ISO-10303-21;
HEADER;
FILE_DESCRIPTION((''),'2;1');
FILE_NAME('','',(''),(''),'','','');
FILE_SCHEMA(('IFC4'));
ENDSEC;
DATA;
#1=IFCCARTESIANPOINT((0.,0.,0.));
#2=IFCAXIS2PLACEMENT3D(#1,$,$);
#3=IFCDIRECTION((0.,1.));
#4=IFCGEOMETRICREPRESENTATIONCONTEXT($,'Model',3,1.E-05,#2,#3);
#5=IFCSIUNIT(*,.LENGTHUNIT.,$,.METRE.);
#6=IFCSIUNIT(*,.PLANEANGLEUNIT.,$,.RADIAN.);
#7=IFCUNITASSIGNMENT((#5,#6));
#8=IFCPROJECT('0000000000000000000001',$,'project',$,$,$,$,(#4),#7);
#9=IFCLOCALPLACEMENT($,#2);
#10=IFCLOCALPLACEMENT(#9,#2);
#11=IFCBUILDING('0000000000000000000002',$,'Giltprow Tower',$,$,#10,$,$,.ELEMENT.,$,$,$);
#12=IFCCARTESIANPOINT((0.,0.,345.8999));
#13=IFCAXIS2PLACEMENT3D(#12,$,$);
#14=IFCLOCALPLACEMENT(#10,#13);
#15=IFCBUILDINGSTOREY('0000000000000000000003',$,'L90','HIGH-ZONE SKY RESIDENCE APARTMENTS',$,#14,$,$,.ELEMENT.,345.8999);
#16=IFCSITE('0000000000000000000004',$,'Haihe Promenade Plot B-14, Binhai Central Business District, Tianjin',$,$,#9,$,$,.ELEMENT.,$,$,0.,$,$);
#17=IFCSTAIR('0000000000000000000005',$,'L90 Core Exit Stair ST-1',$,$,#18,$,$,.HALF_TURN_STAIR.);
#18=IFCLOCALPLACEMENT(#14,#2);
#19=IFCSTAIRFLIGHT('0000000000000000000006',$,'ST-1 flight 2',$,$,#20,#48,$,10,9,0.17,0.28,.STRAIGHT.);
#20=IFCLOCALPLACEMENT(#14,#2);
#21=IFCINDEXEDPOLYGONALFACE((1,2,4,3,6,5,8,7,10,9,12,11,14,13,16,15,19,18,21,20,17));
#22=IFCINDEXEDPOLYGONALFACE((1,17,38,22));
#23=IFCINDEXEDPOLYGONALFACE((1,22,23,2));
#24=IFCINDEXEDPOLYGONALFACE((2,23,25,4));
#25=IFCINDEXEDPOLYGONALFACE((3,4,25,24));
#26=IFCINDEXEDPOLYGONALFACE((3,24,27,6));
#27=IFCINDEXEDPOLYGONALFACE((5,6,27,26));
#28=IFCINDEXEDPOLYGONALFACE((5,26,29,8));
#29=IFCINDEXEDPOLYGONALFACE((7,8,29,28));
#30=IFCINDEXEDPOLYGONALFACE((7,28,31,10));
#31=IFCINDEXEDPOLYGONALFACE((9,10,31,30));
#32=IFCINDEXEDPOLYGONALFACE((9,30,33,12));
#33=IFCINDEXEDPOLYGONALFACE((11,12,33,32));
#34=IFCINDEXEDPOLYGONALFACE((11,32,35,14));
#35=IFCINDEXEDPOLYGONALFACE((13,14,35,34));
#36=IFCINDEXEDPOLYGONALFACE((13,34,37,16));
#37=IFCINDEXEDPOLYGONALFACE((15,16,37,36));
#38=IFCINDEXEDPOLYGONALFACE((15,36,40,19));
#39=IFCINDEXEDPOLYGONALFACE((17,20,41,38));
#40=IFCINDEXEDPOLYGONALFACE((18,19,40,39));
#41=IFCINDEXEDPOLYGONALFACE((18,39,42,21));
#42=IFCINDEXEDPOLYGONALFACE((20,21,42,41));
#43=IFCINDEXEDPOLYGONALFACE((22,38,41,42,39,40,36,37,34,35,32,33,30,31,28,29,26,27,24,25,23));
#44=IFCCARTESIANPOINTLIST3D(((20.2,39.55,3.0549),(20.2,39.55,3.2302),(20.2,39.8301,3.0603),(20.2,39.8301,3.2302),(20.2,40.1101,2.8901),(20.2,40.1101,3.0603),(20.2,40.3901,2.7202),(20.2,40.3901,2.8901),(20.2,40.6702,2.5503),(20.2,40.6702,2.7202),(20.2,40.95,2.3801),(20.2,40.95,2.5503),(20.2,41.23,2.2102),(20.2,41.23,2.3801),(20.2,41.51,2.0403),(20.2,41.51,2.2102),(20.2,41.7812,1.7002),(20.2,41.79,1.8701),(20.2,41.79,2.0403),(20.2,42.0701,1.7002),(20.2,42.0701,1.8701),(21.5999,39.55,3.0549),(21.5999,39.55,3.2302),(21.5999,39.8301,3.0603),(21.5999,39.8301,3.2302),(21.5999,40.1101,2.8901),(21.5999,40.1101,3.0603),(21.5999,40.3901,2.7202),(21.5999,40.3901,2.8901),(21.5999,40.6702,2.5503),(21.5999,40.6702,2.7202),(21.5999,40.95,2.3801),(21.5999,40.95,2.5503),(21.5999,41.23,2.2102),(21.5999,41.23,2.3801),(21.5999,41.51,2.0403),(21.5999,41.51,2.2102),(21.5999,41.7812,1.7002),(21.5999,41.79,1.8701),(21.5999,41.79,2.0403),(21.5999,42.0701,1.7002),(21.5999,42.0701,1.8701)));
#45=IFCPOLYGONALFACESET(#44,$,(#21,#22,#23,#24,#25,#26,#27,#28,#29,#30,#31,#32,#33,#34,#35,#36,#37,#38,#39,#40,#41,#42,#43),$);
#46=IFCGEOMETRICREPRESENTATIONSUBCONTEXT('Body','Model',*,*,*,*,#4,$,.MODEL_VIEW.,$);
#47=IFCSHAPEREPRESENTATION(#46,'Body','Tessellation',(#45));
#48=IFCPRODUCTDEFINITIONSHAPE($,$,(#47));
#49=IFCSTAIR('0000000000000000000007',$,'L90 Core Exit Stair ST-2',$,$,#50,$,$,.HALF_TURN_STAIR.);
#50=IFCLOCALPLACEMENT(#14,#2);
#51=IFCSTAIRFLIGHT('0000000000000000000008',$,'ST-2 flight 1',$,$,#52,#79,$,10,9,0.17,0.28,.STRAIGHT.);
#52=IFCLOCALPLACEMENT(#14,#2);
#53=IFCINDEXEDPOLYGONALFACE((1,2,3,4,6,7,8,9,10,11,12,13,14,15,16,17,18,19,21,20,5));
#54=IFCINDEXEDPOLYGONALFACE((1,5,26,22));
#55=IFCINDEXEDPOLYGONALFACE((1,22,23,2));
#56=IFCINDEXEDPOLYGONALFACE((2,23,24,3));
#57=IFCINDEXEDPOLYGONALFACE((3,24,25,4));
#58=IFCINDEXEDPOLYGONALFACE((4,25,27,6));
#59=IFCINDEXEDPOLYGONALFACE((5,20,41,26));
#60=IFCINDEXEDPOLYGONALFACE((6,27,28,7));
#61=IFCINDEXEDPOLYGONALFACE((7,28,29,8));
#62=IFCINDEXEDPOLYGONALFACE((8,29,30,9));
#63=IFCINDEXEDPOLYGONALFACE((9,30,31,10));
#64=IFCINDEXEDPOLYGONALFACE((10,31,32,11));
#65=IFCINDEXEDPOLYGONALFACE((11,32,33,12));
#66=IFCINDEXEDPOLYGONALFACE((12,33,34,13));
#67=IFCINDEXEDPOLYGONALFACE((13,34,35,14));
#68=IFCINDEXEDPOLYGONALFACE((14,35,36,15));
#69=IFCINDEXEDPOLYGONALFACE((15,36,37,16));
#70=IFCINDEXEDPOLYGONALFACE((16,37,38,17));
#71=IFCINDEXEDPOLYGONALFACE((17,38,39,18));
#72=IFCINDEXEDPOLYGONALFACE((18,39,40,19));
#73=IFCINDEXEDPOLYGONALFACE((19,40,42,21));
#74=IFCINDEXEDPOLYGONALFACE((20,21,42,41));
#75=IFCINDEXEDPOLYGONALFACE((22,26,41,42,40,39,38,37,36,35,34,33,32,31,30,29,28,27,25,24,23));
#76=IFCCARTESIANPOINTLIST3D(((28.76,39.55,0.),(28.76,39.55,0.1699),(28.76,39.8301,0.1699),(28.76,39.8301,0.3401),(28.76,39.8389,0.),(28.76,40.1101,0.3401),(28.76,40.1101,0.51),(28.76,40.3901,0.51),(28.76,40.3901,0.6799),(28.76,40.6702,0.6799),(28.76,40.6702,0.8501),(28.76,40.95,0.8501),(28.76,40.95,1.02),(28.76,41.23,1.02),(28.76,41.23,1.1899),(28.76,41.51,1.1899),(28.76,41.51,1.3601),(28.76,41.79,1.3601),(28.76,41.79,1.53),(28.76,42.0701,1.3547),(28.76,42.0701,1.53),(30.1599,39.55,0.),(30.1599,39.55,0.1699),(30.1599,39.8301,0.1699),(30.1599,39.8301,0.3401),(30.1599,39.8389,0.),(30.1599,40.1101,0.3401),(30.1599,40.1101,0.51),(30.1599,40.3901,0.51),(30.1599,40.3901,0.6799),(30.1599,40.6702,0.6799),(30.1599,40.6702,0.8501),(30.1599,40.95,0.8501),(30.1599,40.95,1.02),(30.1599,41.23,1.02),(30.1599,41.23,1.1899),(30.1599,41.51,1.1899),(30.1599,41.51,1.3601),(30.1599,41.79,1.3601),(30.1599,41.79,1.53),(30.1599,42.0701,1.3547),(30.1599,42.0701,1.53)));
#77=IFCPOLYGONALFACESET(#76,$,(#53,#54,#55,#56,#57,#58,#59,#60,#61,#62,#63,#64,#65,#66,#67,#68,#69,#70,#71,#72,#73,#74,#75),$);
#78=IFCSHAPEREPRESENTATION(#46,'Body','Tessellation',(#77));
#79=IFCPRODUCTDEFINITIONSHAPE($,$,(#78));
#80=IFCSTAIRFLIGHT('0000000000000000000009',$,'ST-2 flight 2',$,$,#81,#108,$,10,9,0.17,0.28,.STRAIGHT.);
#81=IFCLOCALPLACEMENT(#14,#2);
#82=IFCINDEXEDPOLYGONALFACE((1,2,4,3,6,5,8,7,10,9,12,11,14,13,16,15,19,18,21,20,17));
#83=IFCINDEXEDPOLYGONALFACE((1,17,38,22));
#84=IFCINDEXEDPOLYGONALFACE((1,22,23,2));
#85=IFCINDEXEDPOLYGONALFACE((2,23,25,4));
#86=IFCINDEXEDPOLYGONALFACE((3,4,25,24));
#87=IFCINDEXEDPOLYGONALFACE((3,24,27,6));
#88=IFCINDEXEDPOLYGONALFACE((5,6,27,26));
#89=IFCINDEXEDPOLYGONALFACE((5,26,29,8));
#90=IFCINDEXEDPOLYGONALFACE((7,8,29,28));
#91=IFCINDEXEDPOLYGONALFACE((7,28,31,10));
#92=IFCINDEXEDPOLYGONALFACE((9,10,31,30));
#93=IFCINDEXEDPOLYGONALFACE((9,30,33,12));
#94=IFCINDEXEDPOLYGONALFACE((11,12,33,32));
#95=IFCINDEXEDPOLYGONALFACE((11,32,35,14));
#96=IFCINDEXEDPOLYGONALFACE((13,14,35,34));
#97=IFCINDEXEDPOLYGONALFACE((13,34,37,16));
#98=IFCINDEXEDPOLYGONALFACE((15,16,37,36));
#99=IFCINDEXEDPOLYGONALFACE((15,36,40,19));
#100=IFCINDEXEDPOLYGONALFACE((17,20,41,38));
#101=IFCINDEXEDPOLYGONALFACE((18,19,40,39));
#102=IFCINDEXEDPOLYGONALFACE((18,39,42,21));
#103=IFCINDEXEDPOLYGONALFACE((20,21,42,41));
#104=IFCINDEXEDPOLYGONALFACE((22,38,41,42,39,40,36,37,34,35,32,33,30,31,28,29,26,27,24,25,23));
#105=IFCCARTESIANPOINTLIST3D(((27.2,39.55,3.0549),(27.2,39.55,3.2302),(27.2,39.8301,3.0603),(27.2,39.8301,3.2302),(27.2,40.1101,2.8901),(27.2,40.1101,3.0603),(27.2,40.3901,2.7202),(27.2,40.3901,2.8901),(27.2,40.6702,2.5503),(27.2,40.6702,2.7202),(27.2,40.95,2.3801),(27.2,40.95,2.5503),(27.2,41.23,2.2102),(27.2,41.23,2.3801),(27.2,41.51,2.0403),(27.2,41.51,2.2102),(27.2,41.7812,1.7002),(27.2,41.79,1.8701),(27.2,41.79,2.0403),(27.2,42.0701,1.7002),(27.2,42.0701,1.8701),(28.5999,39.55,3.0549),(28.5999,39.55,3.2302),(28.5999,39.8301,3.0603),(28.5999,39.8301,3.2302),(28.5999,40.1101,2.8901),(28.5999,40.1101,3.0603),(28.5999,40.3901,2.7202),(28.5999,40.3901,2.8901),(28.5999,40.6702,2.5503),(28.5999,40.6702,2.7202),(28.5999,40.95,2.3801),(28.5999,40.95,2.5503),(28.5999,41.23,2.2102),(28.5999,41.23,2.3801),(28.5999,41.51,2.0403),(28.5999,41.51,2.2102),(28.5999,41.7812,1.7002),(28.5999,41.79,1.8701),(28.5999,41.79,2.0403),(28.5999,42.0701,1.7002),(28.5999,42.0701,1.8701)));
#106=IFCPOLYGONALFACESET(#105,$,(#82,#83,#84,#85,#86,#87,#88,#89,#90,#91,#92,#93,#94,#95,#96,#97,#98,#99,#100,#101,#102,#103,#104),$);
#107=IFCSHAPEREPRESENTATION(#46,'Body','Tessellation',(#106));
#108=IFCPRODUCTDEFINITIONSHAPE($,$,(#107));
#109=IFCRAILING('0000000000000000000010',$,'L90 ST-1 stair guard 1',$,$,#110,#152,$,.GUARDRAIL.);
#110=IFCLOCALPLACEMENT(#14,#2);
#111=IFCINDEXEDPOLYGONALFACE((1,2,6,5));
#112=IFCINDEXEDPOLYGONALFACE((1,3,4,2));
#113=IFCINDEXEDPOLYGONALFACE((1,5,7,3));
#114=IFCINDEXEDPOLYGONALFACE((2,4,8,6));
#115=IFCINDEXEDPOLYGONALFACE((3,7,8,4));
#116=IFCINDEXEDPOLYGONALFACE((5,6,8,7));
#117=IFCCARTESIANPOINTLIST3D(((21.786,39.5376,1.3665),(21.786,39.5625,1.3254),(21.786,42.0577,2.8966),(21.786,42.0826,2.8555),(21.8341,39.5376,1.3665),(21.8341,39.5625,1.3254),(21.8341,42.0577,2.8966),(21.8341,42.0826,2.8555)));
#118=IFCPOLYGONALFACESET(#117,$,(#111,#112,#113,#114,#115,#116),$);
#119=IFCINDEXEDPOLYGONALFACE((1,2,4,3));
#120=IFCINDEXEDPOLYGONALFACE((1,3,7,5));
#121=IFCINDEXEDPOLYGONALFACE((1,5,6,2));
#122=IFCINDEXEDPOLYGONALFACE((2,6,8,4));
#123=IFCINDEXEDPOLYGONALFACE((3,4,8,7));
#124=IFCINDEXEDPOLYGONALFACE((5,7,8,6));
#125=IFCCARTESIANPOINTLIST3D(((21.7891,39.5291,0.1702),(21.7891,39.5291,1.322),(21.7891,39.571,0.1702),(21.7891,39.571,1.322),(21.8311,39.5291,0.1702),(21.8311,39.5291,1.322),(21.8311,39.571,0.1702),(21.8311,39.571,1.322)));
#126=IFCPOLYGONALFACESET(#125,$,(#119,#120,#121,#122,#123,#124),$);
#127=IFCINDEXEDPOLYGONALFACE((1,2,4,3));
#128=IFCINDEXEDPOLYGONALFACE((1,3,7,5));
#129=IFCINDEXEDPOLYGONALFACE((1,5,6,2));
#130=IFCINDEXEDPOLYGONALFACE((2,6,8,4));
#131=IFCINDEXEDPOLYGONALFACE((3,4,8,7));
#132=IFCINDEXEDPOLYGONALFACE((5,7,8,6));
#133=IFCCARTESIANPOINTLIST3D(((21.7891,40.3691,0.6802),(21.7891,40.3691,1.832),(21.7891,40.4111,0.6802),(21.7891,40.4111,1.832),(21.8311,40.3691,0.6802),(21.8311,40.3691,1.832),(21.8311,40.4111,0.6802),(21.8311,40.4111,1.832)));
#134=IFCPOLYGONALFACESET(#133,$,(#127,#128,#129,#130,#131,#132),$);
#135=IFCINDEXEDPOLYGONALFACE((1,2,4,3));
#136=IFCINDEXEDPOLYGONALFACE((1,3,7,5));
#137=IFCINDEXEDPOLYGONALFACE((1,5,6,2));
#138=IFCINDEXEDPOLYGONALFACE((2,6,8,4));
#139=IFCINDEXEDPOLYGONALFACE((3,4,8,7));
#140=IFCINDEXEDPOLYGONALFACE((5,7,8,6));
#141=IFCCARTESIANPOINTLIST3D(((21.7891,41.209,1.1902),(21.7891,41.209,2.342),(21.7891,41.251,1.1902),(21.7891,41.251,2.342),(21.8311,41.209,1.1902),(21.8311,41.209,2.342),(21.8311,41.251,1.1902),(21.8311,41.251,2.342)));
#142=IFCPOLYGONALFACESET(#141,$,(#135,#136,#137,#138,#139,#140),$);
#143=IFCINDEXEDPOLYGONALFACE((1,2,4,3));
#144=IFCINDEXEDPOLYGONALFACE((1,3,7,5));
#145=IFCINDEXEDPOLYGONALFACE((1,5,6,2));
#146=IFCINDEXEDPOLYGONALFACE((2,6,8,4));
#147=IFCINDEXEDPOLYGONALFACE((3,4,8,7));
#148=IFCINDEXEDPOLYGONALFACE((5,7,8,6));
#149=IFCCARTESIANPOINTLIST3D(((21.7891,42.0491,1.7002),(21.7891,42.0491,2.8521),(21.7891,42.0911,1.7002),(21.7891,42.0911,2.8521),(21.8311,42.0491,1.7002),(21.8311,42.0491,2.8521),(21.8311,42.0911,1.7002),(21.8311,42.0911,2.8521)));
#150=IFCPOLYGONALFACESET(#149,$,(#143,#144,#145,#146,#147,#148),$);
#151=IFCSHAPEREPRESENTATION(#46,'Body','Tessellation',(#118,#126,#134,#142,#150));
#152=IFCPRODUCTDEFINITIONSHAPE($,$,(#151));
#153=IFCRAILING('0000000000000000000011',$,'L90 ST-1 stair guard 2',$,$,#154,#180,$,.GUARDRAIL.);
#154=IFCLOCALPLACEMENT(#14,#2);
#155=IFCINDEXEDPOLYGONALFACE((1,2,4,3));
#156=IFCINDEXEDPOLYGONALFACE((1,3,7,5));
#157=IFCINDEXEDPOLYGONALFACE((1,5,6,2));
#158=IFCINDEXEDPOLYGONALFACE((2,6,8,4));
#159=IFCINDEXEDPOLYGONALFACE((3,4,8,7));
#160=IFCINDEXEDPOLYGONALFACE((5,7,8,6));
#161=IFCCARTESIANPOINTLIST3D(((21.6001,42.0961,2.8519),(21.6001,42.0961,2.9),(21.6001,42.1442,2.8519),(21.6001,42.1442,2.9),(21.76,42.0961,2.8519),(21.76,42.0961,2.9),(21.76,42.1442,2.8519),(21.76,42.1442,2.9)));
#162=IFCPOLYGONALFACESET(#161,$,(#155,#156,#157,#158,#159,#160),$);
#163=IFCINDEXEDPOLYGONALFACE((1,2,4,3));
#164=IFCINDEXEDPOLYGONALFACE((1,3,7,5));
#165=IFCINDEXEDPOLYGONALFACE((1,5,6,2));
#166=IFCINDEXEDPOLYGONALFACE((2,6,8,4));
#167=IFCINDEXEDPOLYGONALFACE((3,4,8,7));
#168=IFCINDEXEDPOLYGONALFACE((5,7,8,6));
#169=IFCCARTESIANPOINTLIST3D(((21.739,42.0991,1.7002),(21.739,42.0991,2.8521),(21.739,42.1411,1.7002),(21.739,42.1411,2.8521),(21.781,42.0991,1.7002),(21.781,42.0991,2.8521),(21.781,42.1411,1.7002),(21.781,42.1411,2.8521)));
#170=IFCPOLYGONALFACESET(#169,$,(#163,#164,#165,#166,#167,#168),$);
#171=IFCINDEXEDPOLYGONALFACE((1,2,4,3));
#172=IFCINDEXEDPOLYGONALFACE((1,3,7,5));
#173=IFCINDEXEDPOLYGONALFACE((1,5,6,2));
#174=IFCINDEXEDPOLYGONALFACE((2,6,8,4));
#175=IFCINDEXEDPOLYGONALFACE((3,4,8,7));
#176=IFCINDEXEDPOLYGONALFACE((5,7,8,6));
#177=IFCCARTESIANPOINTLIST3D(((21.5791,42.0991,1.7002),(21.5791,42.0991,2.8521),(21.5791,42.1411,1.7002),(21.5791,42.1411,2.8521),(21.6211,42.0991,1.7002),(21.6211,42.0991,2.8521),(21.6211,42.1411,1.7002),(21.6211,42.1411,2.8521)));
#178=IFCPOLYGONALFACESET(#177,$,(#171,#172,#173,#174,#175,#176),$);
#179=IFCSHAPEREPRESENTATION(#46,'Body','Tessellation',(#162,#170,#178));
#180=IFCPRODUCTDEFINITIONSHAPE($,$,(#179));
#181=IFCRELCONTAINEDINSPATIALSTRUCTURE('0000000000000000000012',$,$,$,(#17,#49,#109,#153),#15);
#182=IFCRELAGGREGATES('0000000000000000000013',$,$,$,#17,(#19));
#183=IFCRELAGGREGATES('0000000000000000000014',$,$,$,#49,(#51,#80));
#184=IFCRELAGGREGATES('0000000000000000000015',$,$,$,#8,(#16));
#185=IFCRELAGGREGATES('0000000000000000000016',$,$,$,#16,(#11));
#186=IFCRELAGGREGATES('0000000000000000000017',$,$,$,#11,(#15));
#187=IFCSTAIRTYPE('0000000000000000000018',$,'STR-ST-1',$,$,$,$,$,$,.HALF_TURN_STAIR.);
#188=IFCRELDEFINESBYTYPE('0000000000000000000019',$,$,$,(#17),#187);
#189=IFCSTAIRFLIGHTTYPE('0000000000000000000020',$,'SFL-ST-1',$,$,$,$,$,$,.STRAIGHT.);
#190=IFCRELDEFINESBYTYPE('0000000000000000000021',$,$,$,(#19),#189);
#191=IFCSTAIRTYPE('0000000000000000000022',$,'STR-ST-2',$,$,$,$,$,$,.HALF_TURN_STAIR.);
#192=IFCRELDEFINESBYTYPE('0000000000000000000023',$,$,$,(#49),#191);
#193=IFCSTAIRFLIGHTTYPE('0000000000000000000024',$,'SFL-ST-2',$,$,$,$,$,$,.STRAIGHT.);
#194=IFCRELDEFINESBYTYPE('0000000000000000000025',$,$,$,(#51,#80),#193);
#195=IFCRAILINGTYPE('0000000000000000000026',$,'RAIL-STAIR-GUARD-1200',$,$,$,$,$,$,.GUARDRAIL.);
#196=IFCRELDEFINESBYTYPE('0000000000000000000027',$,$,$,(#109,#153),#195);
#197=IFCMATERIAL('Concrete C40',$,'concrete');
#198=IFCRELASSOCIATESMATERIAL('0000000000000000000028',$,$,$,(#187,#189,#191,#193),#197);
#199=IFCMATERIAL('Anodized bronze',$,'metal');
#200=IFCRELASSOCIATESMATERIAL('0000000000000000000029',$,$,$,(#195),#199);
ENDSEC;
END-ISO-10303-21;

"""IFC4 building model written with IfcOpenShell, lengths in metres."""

from ifc_helpers import new_model, si_unit, direction, frame, origin, origin_2d, place, context, subcontext, project, spatial, polyline, rectangle, outline, extrude, material, type_object, element, aggregate, save


model = new_model("IFC4")

# Units and contexts
model_context = context("Model", 3, precision=1e-05, world=origin(), true_north=direction((0.0, 1.0)))
body_context = subcontext(model_context, "Body", "Model", "MODEL_VIEW")
ifc_project = project(units=[si_unit("LENGTHUNIT", "METRE"), si_unit("PLANEANGLEUNIT", "RADIAN")], contexts=[model_context])

# Site, building, storey
site_placement = place(None, origin())
site = spatial("IfcSite", under=ifc_project, at=site_placement, Name="Haihe Promenade Plot B-14, Binhai Central Business District, Tianjin", CompositionType="ELEMENT", RefElevation=0.0)
building_placement = place(site_placement, origin())
building = spatial("IfcBuilding", under=site, at=building_placement, Name="Giltprow Tower", CompositionType="ELEMENT")
storey_placement = place(building_placement, frame((0.0, 0.0, 345.8999)))
storey = spatial("IfcBuildingStorey", under=building, at=storey_placement, Name="L90", Description="HIGH-ZONE SKY RESIDENCE APARTMENTS", CompositionType="ELEMENT", Elevation=345.8999)

# Shared definitions
ifc_material_1 = material(Name="Concrete C40", Category="concrete")

# Stairs, stair flights
stair_type_1 = type_object("IfcStairType", Name="STR-ST-1", PredefinedType="HALF_TURN_STAIR", material=ifc_material_1)
stair_1_placement = place(storey_placement, origin())
stair_1 = element("IfcStair", 1, at=stair_1_placement, inside=storey, type_object=stair_type_1, Name="L90 Core Exit Stair ST-1", PredefinedType="HALF_TURN_STAIR")
stair_flight_type_1 = type_object("IfcStairFlightType", Name="SFL-ST-1", PredefinedType="STRAIGHT", material=ifc_material_1)
stair_flight_1_placement = place(storey_placement, frame((20.8999, 42.0701, 1.7002), z_axis=(0.0, 0.0, 1.0), x_axis=(0.0, -1.0, 0.0)))
stair_flight_1 = element("IfcStairFlight", 2, at=stair_flight_1_placement, type_object=stair_flight_type_1, Name="ST-1 flight 2", NumberOfRisers=10, NumberOfTreads=9, PredefinedType="STRAIGHT", RiserHeight=0.17, TreadLength=0.28, context=body_context, shape_type="SweptSolid", body=[
    extrude(outline(polyline([(0.0, 0.0), (0.0, 0.1699), (0.28, 0.1699), (0.28, 0.3401), (0.5601, 0.3401), (0.5601, 0.51), (0.8401, 0.51), (0.8401, 0.6799), (1.1201, 0.6799), (1.1201, 0.8501), (1.3999, 0.8501), (1.3999, 1.02), (1.6799, 1.02), (1.6799, 1.1899), (1.96, 1.1899), (1.96, 1.3601), (2.24, 1.3601), (2.24, 1.53), (2.52, 1.53), (2.52, 1.7), (2.52, 1.3547), (0.2888, 0.0), (0.0, 0.0)])), frame((0.0, 0.7, 0.0), z_axis=(0.0, -1.0, 0.0), x_axis=(1.0, 0.0, 0.0)), (0.0, 0.0, 1.0), 1.3999),
])
aggregate(stair_1, [stair_flight_1])
stair_type_2 = type_object("IfcStairType", Name="STR-ST-2", PredefinedType="HALF_TURN_STAIR", material=ifc_material_1)
stair_2_placement = place(storey_placement, origin())
stair_2 = element("IfcStair", 3, at=stair_2_placement, inside=storey, type_object=stair_type_2, Name="L90 Core Exit Stair ST-2", PredefinedType="HALF_TURN_STAIR")
stair_flight_type_2 = type_object("IfcStairFlightType", Name="SFL-ST-2", PredefinedType="STRAIGHT", material=ifc_material_1)
stair_flight_2_placement = place(storey_placement, frame((29.46, 39.55, 0.0), z_axis=(0.0, 0.0, 1.0), x_axis=(0.0, 1.0, 0.0)))
stair_flight_2 = element("IfcStairFlight", 4, at=stair_flight_2_placement, type_object=stair_flight_type_2, Name="ST-2 flight 1", NumberOfRisers=10, NumberOfTreads=9, PredefinedType="STRAIGHT", RiserHeight=0.17, TreadLength=0.28, context=body_context, shape_type="SweptSolid", body=[
    extrude(outline(polyline([(0.0, 0.0), (0.0, 0.1699), (0.28, 0.1699), (0.28, 0.3401), (0.5601, 0.3401), (0.5601, 0.51), (0.8401, 0.51), (0.8401, 0.6799), (1.1201, 0.6799), (1.1201, 0.8501), (1.3999, 0.8501), (1.3999, 1.02), (1.6799, 1.02), (1.6799, 1.1899), (1.96, 1.1899), (1.96, 1.3601), (2.24, 1.3601), (2.24, 1.53), (2.52, 1.53), (2.52, 1.7), (2.52, 1.3547), (0.2888, 0.0), (0.0, 0.0)])), frame((0.0, 0.7, 0.0), z_axis=(0.0, -1.0, 0.0), x_axis=(1.0, 0.0, 0.0)), (0.0, 0.0, 1.0), 1.3999),
])
stair_flight_3_placement = place(storey_placement, frame((27.8999, 42.0701, 1.7002), z_axis=(0.0, 0.0, 1.0), x_axis=(0.0, -1.0, 0.0)))
stair_flight_3 = element("IfcStairFlight", 5, at=stair_flight_3_placement, type_object=stair_flight_type_2, Name="ST-2 flight 2", NumberOfRisers=10, NumberOfTreads=9, PredefinedType="STRAIGHT", RiserHeight=0.17, TreadLength=0.28, context=body_context, shape_type="SweptSolid", body=[
    extrude(outline(polyline([(0.0, 0.0), (0.0, 0.1699), (0.28, 0.1699), (0.28, 0.3401), (0.5601, 0.3401), (0.5601, 0.51), (0.8401, 0.51), (0.8401, 0.6799), (1.1201, 0.6799), (1.1201, 0.8501), (1.3999, 0.8501), (1.3999, 1.02), (1.6799, 1.02), (1.6799, 1.1899), (1.96, 1.1899), (1.96, 1.3601), (2.24, 1.3601), (2.24, 1.53), (2.52, 1.53), (2.52, 1.7), (2.52, 1.3547), (0.2888, 0.0), (0.0, 0.0)])), frame((0.0, 0.7, 0.0), z_axis=(0.0, -1.0, 0.0), x_axis=(1.0, 0.0, 0.0)), (0.0, 0.0, 1.0), 1.3999),
])
aggregate(stair_2, [stair_flight_2, stair_flight_3])

# Railings
ifc_material_2 = material(Name="Anodized bronze", Category="metal")
railing_type_1 = type_object("IfcRailingType", Name="RAIL-STAIR-GUARD-1200", PredefinedType="GUARDRAIL", material=ifc_material_2)
railing_1_placement = place(storey_placement, frame((21.8101, 39.55, 0.1702)))
element("IfcRailing", 6, at=railing_1_placement, inside=storey, type_object=railing_type_1, Name="L90 ST-1 stair guard 1", PredefinedType="GUARDRAIL", context=body_context, shape_type="SweptSolid", body=[
    extrude(rectangle(XDim=0.0481, YDim=0.0481, at=origin_2d()), frame((0.0, 0.0, 1.1758), z_axis=(0.0, 0.854785, 0.518982), x_axis=(-1.0, 0.0, 0.0)), (0.0, 0.0, 1.0), 2.9482),
    extrude(rectangle(XDim=0.042, YDim=0.042, at=origin_2d()), origin(), (0.0, 0.0, 1.0), 1.1519),
    extrude(rectangle(XDim=0.042, YDim=0.042, at=origin_2d()), frame((0.0, 0.8401, 0.51)), (0.0, 0.0, 1.0), 1.1519),
    extrude(rectangle(XDim=0.042, YDim=0.042, at=origin_2d()), frame((0.0, 1.6799, 1.02)), (0.0, 0.0, 1.0), 1.1519),
    extrude(rectangle(XDim=0.042, YDim=0.042, at=origin_2d()), frame((0.0, 2.52, 1.53)), (0.0, 0.0, 1.0), 1.1519),
])
railing_2_placement = place(storey_placement, frame((21.76, 42.1201, 1.7002)))
element("IfcRailing", 7, at=railing_2_placement, inside=storey, type_object=railing_type_1, Name="L90 ST-1 stair guard 2", PredefinedType="GUARDRAIL", context=body_context, shape_type="SweptSolid", body=[
    extrude(rectangle(XDim=0.0481, YDim=0.0481, at=origin_2d()), frame((0.0, 0.0, 1.1758), z_axis=(-1.0, 0.0, 0.0), x_axis=(0.0, -1.0, 0.0)), (0.0, 0.0, 1.0), 0.1599),
    extrude(rectangle(XDim=0.042, YDim=0.042, at=origin_2d()), origin(), (0.0, 0.0, 1.0), 1.1519),
    extrude(rectangle(XDim=0.042, YDim=0.042, at=origin_2d()), frame((-0.1599, 0.0, 0.0)), (0.0, 0.0, 1.0), 1.1519),
])

save(model, "model.ifc")
